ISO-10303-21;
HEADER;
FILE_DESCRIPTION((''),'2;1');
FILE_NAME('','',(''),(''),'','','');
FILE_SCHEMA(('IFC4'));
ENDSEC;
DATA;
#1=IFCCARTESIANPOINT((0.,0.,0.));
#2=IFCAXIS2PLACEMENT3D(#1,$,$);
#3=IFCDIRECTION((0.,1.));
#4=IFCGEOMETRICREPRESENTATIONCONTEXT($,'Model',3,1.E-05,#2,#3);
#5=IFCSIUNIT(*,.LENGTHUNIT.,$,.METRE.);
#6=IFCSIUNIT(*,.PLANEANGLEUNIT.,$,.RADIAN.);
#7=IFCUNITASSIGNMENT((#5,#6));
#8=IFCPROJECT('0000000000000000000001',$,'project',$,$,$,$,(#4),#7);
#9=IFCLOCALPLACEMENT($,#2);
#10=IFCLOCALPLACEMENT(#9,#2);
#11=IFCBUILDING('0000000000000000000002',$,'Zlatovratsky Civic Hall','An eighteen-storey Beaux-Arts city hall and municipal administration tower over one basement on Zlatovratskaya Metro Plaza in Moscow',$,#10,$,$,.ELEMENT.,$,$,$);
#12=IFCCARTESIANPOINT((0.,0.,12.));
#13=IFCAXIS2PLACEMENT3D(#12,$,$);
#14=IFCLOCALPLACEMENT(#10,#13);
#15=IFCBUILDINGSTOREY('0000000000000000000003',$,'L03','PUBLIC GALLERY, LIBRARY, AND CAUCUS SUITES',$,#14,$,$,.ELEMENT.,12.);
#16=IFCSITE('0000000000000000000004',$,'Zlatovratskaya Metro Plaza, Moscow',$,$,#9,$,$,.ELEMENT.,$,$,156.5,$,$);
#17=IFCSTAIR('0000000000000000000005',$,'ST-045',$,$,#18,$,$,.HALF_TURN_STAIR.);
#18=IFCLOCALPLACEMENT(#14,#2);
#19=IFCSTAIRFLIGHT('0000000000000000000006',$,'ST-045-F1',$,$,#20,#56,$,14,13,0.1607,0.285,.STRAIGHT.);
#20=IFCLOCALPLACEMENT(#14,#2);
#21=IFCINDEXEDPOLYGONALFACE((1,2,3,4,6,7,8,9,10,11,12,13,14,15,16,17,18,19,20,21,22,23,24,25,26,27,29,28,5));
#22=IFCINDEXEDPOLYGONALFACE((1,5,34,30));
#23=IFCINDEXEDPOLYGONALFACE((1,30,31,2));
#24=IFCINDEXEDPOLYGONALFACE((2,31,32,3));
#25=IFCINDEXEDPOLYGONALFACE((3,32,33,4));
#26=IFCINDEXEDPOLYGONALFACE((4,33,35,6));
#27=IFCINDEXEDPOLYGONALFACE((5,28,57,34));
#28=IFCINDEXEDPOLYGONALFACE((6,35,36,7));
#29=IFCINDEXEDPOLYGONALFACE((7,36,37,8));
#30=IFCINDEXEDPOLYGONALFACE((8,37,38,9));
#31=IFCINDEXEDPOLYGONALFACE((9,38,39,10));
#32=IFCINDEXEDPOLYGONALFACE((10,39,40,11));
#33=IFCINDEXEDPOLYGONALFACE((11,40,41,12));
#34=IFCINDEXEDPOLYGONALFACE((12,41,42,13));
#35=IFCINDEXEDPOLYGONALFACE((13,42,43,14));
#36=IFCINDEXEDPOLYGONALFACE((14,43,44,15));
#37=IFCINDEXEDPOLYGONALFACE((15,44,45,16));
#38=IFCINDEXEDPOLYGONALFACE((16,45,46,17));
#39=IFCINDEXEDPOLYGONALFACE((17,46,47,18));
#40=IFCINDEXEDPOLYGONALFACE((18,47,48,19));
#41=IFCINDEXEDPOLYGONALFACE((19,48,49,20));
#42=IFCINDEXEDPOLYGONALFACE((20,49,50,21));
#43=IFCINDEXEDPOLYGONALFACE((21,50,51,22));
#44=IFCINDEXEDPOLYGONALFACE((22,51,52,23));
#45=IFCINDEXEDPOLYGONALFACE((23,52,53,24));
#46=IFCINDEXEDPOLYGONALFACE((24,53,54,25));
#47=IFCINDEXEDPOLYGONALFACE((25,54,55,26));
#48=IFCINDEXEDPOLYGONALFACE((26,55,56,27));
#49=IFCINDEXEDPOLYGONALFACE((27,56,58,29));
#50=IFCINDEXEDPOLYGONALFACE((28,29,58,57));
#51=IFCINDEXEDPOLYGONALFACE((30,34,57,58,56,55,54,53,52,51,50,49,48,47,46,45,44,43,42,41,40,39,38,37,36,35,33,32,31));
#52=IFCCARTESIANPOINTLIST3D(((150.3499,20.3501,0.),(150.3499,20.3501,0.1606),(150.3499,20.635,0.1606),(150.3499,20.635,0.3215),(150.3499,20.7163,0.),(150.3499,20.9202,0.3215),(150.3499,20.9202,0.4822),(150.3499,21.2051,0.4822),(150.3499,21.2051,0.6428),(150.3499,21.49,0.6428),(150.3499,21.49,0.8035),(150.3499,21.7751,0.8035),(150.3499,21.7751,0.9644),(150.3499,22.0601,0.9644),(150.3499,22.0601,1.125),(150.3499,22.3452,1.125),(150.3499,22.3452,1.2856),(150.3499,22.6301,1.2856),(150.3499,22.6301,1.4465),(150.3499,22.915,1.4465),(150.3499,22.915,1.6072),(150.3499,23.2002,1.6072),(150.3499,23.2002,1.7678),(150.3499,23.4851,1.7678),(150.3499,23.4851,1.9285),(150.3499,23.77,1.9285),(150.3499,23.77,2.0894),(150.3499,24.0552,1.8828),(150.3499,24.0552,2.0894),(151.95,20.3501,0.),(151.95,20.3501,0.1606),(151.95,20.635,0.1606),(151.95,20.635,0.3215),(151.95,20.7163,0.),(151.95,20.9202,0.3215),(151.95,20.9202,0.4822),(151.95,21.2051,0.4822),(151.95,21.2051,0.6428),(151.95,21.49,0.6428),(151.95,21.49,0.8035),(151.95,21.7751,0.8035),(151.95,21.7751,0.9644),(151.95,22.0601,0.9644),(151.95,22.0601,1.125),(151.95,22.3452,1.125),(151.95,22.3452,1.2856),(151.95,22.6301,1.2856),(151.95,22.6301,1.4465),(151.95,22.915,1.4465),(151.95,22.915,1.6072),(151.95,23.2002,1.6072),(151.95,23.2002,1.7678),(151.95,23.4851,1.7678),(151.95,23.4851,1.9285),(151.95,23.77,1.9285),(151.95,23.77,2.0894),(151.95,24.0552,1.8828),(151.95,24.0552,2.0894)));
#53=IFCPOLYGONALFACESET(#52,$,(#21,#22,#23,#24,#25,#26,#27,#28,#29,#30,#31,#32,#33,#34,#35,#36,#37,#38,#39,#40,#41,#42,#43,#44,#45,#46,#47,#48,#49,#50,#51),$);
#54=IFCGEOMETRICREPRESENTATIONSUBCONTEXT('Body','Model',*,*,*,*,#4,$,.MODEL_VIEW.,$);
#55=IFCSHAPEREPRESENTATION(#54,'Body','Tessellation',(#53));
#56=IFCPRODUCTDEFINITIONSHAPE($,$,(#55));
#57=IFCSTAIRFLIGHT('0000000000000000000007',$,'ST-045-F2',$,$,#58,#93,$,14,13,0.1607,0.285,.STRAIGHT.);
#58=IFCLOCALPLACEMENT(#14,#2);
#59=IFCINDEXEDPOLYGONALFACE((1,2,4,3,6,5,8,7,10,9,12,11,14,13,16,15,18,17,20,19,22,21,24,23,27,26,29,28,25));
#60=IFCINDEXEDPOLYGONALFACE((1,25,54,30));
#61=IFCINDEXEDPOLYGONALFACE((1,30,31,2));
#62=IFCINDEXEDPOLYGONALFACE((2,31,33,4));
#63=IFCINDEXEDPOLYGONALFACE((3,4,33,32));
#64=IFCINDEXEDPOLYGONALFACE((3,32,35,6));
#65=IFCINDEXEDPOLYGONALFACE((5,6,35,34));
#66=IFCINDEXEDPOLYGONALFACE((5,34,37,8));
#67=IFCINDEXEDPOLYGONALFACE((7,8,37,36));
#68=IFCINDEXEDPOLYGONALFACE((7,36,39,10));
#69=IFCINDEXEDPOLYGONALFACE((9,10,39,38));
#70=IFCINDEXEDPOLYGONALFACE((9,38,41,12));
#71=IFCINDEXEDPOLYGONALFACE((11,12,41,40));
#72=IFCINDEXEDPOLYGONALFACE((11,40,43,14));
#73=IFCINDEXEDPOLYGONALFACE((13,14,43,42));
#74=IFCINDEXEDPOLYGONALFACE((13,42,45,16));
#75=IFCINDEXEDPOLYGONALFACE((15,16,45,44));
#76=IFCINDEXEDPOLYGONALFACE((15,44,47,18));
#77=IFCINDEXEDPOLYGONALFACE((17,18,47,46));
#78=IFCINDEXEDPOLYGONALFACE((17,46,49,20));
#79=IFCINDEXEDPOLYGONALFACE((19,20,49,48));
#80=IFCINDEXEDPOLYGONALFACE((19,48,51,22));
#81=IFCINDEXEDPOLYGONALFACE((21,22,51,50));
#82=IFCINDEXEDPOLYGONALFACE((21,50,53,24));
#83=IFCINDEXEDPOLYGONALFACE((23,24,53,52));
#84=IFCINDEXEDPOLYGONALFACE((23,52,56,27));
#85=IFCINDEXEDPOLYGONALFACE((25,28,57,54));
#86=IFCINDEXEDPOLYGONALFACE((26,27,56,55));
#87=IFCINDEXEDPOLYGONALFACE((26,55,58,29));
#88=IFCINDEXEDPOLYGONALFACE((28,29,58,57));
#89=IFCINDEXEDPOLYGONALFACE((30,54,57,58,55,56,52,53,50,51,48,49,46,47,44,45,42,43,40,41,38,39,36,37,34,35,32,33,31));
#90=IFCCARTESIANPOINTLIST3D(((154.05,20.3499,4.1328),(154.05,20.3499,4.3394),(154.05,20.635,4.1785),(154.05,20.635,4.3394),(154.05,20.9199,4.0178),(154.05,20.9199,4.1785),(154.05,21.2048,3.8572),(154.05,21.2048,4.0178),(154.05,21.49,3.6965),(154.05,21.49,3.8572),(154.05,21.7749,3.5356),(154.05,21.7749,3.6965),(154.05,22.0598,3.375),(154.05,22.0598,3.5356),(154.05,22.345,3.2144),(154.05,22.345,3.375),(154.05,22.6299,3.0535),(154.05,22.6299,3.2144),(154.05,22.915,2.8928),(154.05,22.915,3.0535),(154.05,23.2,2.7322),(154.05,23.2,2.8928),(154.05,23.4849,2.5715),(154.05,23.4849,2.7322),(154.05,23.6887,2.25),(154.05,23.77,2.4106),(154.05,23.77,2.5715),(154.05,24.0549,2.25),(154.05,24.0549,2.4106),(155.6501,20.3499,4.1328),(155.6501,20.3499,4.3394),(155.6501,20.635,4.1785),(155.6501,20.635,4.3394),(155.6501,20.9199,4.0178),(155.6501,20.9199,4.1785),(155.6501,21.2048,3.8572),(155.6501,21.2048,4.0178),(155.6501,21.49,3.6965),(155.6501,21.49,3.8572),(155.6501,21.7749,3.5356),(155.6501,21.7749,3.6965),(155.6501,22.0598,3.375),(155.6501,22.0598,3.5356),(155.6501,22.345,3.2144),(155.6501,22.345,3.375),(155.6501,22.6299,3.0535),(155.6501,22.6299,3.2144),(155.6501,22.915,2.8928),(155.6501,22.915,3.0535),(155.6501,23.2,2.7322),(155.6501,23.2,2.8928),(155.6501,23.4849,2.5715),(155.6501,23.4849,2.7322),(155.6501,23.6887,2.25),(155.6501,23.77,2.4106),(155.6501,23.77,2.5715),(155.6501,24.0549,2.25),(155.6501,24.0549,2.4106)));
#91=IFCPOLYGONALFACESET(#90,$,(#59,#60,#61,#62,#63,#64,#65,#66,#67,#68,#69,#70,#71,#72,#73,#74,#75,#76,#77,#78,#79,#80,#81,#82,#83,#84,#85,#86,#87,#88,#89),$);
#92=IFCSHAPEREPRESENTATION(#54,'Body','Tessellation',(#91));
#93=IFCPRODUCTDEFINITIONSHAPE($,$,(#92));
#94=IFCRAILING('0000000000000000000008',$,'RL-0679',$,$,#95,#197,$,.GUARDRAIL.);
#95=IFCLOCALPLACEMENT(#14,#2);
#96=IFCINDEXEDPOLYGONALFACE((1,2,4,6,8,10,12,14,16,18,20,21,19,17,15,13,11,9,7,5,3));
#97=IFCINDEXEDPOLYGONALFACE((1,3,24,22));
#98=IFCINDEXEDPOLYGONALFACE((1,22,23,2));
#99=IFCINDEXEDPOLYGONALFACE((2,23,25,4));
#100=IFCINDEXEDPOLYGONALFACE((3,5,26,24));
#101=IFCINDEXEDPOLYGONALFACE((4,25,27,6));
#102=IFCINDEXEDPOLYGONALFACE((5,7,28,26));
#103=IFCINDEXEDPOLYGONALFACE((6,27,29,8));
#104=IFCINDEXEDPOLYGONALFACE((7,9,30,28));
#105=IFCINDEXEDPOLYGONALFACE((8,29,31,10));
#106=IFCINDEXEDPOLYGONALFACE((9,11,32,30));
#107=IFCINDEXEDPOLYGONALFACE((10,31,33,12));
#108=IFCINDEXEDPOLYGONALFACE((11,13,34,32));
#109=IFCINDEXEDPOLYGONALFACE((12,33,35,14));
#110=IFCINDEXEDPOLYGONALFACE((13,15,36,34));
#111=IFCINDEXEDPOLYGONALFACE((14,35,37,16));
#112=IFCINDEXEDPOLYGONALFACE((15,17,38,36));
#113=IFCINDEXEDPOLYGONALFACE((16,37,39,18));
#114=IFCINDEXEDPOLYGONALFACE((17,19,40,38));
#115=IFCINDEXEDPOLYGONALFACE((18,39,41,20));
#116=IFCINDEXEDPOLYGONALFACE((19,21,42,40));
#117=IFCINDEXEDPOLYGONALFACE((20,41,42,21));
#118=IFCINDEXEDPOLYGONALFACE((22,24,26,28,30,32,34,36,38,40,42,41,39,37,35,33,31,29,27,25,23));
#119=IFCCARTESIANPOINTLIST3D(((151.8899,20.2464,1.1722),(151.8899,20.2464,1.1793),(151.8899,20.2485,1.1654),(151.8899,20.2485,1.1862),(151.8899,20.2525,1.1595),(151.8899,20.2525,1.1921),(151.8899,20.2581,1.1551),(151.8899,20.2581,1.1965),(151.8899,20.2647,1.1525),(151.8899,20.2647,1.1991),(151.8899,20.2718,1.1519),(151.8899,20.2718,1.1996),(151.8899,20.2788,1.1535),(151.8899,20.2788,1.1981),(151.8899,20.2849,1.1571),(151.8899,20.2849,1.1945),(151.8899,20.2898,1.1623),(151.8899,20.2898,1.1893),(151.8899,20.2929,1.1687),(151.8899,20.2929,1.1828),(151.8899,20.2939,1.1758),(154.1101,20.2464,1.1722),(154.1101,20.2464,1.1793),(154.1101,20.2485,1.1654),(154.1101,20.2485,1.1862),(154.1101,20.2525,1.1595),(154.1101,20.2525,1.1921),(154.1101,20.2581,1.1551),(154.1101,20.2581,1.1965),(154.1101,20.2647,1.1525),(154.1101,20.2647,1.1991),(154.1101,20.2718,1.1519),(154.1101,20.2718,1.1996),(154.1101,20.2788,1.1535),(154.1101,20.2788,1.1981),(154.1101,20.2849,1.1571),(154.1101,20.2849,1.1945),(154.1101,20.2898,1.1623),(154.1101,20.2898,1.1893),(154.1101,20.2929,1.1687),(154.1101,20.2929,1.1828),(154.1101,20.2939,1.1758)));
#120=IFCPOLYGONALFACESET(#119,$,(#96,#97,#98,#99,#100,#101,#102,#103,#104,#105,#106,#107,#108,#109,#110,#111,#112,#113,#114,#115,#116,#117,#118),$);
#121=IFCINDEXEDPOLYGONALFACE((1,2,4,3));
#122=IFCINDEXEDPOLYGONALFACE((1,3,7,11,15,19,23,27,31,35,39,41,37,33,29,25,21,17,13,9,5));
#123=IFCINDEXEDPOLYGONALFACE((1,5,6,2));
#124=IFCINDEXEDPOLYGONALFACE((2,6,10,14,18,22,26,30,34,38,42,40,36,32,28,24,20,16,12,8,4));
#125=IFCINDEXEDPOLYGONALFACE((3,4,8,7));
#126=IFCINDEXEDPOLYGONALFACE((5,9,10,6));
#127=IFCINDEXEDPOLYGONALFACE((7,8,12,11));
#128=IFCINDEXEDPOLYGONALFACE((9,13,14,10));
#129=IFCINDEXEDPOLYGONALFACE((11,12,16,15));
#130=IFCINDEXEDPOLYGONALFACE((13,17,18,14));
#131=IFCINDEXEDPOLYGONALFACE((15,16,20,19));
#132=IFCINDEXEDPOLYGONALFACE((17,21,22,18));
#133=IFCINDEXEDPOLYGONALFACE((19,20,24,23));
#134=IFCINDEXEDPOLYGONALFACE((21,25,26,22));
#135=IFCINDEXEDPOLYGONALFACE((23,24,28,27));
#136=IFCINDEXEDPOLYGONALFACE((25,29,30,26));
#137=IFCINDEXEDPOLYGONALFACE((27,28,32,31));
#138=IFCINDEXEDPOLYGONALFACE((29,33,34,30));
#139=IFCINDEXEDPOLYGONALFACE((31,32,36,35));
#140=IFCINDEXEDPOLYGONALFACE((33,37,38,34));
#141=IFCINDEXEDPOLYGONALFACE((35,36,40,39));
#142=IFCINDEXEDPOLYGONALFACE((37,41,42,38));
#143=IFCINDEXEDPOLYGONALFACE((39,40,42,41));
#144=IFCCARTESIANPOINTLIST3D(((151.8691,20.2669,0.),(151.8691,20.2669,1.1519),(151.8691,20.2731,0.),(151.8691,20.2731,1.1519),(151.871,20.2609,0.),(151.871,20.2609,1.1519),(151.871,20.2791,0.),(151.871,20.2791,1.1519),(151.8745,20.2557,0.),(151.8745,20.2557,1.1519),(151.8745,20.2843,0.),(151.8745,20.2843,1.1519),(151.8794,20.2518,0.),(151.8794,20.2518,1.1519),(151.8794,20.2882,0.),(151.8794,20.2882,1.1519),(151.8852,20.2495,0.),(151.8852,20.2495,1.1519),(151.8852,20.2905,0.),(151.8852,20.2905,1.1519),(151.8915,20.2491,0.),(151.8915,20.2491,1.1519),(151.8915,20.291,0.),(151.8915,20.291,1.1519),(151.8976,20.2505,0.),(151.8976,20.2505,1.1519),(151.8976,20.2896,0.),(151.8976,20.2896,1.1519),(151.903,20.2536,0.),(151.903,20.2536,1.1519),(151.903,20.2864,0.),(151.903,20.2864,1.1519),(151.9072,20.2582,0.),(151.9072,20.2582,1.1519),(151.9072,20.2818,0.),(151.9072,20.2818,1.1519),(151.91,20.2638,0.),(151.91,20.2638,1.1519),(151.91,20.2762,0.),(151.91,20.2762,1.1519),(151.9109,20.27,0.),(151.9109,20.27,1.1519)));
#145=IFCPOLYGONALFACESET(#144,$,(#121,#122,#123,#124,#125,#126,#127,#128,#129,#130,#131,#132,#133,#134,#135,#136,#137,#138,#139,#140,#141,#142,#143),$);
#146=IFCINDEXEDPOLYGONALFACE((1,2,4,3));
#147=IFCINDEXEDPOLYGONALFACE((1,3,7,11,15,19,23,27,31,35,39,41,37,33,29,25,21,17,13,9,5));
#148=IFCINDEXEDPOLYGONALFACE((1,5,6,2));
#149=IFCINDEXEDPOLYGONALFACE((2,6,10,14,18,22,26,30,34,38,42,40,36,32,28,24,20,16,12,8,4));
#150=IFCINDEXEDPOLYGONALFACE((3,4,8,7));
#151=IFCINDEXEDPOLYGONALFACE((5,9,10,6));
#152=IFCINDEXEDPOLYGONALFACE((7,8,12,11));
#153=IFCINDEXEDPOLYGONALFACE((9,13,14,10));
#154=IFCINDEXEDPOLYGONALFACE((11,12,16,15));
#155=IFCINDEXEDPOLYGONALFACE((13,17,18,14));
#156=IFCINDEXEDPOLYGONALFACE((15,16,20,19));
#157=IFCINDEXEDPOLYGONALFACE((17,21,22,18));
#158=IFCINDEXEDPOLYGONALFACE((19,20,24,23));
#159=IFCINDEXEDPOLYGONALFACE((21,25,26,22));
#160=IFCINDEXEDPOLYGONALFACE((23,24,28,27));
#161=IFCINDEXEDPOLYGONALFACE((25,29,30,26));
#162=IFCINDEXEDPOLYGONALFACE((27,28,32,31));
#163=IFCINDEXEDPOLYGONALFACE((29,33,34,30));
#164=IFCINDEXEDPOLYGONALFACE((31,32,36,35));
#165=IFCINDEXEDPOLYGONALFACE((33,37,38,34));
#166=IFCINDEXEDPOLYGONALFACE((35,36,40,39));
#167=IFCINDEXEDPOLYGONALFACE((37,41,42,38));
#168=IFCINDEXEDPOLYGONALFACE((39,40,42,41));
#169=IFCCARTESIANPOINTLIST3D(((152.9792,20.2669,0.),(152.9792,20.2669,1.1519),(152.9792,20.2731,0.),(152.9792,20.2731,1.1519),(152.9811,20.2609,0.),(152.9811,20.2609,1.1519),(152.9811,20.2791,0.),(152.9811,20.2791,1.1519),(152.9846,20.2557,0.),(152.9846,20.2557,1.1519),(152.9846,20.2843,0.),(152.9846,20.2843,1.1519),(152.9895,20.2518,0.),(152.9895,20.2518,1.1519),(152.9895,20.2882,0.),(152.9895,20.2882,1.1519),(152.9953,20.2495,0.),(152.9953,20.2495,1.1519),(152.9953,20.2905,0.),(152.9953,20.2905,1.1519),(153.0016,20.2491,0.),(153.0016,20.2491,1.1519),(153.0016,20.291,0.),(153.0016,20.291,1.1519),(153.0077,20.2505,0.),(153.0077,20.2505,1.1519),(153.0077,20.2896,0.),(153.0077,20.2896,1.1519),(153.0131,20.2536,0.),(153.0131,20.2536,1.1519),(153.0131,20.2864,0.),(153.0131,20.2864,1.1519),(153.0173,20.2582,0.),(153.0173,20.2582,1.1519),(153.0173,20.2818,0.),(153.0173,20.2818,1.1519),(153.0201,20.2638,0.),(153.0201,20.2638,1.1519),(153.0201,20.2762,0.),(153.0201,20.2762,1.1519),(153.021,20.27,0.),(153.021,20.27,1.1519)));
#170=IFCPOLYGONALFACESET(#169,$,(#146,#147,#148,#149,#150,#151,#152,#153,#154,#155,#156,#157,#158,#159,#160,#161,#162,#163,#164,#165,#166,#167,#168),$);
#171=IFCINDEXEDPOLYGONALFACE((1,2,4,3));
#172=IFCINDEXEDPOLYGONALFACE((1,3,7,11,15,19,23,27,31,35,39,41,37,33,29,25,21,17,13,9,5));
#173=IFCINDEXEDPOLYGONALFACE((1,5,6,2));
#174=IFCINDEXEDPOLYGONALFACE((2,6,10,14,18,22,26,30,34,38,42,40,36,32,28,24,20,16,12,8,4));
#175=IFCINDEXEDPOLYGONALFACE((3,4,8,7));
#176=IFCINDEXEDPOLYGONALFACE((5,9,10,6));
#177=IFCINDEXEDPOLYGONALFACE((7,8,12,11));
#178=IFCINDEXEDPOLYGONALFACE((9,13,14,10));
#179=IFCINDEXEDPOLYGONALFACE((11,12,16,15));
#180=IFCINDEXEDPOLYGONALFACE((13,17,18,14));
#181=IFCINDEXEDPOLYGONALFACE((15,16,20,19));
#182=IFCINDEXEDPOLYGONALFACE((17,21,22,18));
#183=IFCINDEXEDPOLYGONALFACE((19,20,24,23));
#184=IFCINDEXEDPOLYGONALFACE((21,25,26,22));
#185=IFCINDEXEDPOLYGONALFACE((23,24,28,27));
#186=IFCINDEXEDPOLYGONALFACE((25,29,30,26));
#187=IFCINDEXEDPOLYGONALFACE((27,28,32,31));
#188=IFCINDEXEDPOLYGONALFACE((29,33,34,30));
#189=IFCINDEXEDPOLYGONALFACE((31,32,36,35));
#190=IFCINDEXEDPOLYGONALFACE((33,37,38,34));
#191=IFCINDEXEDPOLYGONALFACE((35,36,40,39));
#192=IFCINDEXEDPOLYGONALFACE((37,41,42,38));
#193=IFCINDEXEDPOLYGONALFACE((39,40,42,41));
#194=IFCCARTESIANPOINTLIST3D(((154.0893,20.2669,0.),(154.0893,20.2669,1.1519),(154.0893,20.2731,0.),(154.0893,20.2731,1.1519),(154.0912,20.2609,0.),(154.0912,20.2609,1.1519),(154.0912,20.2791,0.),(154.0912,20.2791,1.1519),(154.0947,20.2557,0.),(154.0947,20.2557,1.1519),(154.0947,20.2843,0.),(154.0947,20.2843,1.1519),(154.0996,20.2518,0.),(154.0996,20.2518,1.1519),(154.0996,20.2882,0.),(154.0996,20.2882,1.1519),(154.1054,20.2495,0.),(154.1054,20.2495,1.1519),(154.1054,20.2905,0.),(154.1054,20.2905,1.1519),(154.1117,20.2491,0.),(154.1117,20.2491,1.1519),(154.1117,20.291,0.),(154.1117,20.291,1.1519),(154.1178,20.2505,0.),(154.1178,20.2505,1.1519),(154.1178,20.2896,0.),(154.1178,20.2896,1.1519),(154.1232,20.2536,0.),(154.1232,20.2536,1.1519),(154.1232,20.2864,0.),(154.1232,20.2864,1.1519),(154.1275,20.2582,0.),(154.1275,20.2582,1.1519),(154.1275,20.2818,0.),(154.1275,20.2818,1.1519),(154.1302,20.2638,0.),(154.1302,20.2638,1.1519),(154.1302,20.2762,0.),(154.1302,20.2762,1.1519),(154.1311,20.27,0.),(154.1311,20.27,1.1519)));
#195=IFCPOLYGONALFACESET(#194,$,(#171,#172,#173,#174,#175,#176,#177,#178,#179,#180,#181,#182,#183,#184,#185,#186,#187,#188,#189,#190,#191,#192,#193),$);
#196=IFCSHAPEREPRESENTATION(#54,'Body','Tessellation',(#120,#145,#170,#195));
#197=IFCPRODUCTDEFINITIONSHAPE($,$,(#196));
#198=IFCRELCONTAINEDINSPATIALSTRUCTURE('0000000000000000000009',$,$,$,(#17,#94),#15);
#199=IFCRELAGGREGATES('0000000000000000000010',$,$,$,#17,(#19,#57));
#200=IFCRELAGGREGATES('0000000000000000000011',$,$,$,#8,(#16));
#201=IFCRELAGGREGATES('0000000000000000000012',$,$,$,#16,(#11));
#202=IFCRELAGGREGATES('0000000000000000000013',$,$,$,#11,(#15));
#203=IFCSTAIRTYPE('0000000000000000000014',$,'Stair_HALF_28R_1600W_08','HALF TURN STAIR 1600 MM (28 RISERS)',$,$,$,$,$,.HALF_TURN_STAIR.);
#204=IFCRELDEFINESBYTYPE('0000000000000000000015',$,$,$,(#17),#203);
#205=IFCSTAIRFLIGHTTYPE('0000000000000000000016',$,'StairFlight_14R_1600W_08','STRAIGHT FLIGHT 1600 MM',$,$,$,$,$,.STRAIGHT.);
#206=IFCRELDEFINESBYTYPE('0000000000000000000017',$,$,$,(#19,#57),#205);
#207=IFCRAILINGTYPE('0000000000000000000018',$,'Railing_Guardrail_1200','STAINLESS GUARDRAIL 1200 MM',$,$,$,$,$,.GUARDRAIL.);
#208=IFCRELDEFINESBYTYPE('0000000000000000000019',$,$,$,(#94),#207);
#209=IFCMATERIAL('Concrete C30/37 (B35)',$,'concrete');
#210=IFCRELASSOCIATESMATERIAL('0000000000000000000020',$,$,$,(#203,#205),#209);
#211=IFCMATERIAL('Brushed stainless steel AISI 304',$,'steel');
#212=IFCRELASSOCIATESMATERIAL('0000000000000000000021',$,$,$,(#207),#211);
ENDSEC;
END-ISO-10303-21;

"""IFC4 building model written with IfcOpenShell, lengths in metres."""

from ifc_helpers import new_model, si_unit, direction, frame, origin, origin_2d, place, context, subcontext, project, spatial, polyline, circle, outline, extrude, material, type_object, element, aggregate, save


model = new_model("IFC4")

# Units and contexts
model_context = context("Model", 3, precision=1e-05, world=origin(), true_north=direction((0.0, 1.0)))
body_context = subcontext(model_context, "Body", "Model", "MODEL_VIEW")
ifc_project = project(units=[si_unit("LENGTHUNIT", "METRE"), si_unit("PLANEANGLEUNIT", "RADIAN")], contexts=[model_context])

# Site, building, storey
site_placement = place(None, origin())
site = spatial("IfcSite", under=ifc_project, at=site_placement, Name="Zlatovratskaya Metro Plaza, Moscow", CompositionType="ELEMENT", RefElevation=156.5)
building_placement = place(site_placement, origin())
building = spatial("IfcBuilding", under=site, at=building_placement, Name="Zlatovratsky Civic Hall", Description="An eighteen-storey Beaux-Arts city hall and municipal administration tower over one basement on Zlatovratskaya Metro Plaza in Moscow", CompositionType="ELEMENT")
storey_placement = place(building_placement, frame((0.0, 0.0, 12.0)))
storey = spatial("IfcBuildingStorey", under=building, at=storey_placement, Name="L03", Description="PUBLIC GALLERY, LIBRARY, AND CAUCUS SUITES", CompositionType="ELEMENT", Elevation=12.0)

# Stair, stair flights
ifc_material_1 = material(Name="Concrete C30/37 (B35)", Category="concrete")
stair_type = type_object("IfcStairType", Name="Stair_HALF_28R_1600W_08", Description="HALF TURN STAIR 1600 MM (28 RISERS)", PredefinedType="HALF_TURN_STAIR", material=ifc_material_1)
stair_placement = place(storey_placement, origin())
stair = element("IfcStair", 1, at=stair_placement, inside=storey, type_object=stair_type, Name="ST-045", PredefinedType="HALF_TURN_STAIR")
stair_flight_type = type_object("IfcStairFlightType", Name="StairFlight_14R_1600W_08", Description="STRAIGHT FLIGHT 1600 MM", PredefinedType="STRAIGHT", material=ifc_material_1)
stair_flight_1_placement = place(storey_placement, frame((151.1499, 20.3501, 0.0), z_axis=(0.0, 0.0, 1.0), x_axis=(0.0, 1.0, 0.0)))
stair_flight_1 = element("IfcStairFlight", 2, at=stair_flight_1_placement, type_object=stair_flight_type, Name="ST-045-F1", NumberOfRisers=14, NumberOfTreads=13, PredefinedType="STRAIGHT", RiserHeight=0.1607, TreadLength=0.285, context=body_context, shape_type="SweptSolid", body=[
    extrude(outline(polyline([(0.0, 0.0), (0.0, 0.1606), (0.2849, 0.1606), (0.2849, 0.3215), (0.5701, 0.3215), (0.5701, 0.4822), (0.855, 0.4822), (0.855, 0.6428), (1.1399, 0.6428), (1.1399, 0.8035), (1.425, 0.8035), (1.425, 0.9644), (1.71, 0.9644), (1.71, 1.125), (1.9951, 1.125), (1.9951, 1.2856), (2.28, 1.2856), (2.28, 1.4465), (2.5649, 1.4465), (2.5649, 1.6072), (2.8501, 1.6072), (2.8501, 1.7678), (3.135, 1.7678), (3.135, 1.9285), (3.4199, 1.9285), (3.4199, 2.0894), (3.7051, 2.0894), (3.7051, 2.25), (3.7051, 1.8828), (0.3662, 0.0), (0.0, 0.0)])), frame((0.0, 0.8, 0.0), z_axis=(0.0, -1.0, 0.0), x_axis=(1.0, 0.0, 0.0)), (0.0, 0.0, 1.0), 1.6001),
])
stair_flight_2_placement = place(storey_placement, frame((154.8501, 24.0549, 2.25), z_axis=(0.0, 0.0, 1.0), x_axis=(0.0, -1.0, 0.0)))
stair_flight_2 = element("IfcStairFlight", 3, at=stair_flight_2_placement, type_object=stair_flight_type, Name="ST-045-F2", NumberOfRisers=14, NumberOfTreads=13, PredefinedType="STRAIGHT", RiserHeight=0.1607, TreadLength=0.285, context=body_context, shape_type="SweptSolid", body=[
    extrude(outline(polyline([(0.0, 0.0), (0.0, 0.1606), (0.2849, 0.1606), (0.2849, 0.3215), (0.5701, 0.3215), (0.5701, 0.4822), (0.855, 0.4822), (0.855, 0.6428), (1.1399, 0.6428), (1.1399, 0.8035), (1.425, 0.8035), (1.425, 0.9644), (1.71, 0.9644), (1.71, 1.125), (1.9951, 1.125), (1.9951, 1.2856), (2.28, 1.2856), (2.28, 1.4465), (2.5649, 1.4465), (2.5649, 1.6072), (2.8501, 1.6072), (2.8501, 1.7678), (3.135, 1.7678), (3.135, 1.9285), (3.4199, 1.9285), (3.4199, 2.0894), (3.7051, 2.0894), (3.7051, 2.25), (3.7051, 1.8828), (0.3662, 0.0), (0.0, 0.0)])), frame((0.0, 0.8, 0.0), z_axis=(0.0, -1.0, 0.0), x_axis=(1.0, 0.0, 0.0)), (0.0, 0.0, 1.0), 1.6001),
])
aggregate(stair, [stair_flight_1, stair_flight_2])

# Railing
ifc_material_2 = material(Name="Brushed stainless steel AISI 304", Category="steel")
railing_type_1 = type_object("IfcRailingType", Name="Railing_Guardrail_1200", Description="STAINLESS GUARDRAIL 1200 MM", PredefinedType="GUARDRAIL", material=ifc_material_2)
railing_1_placement = place(storey_placement, frame((151.8899, 20.27, 0.0)))
element("IfcRailing", 4, at=railing_1_placement, inside=storey, type_object=railing_type_1, Name="RL-0679", PredefinedType="GUARDRAIL", context=body_context, shape_type="SweptSolid", body=[
    extrude(circle(Radius=0.0239, at=origin_2d()), frame((0.0, 0.0, 1.1758), z_axis=(1.0, 0.0, 0.0), x_axis=(0.0, 1.0, 0.0)), (0.0, 0.0, 1.0), 2.2202),
    extrude(circle(Radius=0.021, at=origin_2d()), origin(), (0.0, 0.0, 1.0), 1.1519),
    extrude(circle(Radius=0.021, at=origin_2d()), frame((1.1101, 0.0, 0.0)), (0.0, 0.0, 1.0), 1.1519),
    extrude(circle(Radius=0.021, at=origin_2d()), frame((2.2202, 0.0, 0.0)), (0.0, 0.0, 1.0), 1.1519),
])

save(model, "model.ifc")
